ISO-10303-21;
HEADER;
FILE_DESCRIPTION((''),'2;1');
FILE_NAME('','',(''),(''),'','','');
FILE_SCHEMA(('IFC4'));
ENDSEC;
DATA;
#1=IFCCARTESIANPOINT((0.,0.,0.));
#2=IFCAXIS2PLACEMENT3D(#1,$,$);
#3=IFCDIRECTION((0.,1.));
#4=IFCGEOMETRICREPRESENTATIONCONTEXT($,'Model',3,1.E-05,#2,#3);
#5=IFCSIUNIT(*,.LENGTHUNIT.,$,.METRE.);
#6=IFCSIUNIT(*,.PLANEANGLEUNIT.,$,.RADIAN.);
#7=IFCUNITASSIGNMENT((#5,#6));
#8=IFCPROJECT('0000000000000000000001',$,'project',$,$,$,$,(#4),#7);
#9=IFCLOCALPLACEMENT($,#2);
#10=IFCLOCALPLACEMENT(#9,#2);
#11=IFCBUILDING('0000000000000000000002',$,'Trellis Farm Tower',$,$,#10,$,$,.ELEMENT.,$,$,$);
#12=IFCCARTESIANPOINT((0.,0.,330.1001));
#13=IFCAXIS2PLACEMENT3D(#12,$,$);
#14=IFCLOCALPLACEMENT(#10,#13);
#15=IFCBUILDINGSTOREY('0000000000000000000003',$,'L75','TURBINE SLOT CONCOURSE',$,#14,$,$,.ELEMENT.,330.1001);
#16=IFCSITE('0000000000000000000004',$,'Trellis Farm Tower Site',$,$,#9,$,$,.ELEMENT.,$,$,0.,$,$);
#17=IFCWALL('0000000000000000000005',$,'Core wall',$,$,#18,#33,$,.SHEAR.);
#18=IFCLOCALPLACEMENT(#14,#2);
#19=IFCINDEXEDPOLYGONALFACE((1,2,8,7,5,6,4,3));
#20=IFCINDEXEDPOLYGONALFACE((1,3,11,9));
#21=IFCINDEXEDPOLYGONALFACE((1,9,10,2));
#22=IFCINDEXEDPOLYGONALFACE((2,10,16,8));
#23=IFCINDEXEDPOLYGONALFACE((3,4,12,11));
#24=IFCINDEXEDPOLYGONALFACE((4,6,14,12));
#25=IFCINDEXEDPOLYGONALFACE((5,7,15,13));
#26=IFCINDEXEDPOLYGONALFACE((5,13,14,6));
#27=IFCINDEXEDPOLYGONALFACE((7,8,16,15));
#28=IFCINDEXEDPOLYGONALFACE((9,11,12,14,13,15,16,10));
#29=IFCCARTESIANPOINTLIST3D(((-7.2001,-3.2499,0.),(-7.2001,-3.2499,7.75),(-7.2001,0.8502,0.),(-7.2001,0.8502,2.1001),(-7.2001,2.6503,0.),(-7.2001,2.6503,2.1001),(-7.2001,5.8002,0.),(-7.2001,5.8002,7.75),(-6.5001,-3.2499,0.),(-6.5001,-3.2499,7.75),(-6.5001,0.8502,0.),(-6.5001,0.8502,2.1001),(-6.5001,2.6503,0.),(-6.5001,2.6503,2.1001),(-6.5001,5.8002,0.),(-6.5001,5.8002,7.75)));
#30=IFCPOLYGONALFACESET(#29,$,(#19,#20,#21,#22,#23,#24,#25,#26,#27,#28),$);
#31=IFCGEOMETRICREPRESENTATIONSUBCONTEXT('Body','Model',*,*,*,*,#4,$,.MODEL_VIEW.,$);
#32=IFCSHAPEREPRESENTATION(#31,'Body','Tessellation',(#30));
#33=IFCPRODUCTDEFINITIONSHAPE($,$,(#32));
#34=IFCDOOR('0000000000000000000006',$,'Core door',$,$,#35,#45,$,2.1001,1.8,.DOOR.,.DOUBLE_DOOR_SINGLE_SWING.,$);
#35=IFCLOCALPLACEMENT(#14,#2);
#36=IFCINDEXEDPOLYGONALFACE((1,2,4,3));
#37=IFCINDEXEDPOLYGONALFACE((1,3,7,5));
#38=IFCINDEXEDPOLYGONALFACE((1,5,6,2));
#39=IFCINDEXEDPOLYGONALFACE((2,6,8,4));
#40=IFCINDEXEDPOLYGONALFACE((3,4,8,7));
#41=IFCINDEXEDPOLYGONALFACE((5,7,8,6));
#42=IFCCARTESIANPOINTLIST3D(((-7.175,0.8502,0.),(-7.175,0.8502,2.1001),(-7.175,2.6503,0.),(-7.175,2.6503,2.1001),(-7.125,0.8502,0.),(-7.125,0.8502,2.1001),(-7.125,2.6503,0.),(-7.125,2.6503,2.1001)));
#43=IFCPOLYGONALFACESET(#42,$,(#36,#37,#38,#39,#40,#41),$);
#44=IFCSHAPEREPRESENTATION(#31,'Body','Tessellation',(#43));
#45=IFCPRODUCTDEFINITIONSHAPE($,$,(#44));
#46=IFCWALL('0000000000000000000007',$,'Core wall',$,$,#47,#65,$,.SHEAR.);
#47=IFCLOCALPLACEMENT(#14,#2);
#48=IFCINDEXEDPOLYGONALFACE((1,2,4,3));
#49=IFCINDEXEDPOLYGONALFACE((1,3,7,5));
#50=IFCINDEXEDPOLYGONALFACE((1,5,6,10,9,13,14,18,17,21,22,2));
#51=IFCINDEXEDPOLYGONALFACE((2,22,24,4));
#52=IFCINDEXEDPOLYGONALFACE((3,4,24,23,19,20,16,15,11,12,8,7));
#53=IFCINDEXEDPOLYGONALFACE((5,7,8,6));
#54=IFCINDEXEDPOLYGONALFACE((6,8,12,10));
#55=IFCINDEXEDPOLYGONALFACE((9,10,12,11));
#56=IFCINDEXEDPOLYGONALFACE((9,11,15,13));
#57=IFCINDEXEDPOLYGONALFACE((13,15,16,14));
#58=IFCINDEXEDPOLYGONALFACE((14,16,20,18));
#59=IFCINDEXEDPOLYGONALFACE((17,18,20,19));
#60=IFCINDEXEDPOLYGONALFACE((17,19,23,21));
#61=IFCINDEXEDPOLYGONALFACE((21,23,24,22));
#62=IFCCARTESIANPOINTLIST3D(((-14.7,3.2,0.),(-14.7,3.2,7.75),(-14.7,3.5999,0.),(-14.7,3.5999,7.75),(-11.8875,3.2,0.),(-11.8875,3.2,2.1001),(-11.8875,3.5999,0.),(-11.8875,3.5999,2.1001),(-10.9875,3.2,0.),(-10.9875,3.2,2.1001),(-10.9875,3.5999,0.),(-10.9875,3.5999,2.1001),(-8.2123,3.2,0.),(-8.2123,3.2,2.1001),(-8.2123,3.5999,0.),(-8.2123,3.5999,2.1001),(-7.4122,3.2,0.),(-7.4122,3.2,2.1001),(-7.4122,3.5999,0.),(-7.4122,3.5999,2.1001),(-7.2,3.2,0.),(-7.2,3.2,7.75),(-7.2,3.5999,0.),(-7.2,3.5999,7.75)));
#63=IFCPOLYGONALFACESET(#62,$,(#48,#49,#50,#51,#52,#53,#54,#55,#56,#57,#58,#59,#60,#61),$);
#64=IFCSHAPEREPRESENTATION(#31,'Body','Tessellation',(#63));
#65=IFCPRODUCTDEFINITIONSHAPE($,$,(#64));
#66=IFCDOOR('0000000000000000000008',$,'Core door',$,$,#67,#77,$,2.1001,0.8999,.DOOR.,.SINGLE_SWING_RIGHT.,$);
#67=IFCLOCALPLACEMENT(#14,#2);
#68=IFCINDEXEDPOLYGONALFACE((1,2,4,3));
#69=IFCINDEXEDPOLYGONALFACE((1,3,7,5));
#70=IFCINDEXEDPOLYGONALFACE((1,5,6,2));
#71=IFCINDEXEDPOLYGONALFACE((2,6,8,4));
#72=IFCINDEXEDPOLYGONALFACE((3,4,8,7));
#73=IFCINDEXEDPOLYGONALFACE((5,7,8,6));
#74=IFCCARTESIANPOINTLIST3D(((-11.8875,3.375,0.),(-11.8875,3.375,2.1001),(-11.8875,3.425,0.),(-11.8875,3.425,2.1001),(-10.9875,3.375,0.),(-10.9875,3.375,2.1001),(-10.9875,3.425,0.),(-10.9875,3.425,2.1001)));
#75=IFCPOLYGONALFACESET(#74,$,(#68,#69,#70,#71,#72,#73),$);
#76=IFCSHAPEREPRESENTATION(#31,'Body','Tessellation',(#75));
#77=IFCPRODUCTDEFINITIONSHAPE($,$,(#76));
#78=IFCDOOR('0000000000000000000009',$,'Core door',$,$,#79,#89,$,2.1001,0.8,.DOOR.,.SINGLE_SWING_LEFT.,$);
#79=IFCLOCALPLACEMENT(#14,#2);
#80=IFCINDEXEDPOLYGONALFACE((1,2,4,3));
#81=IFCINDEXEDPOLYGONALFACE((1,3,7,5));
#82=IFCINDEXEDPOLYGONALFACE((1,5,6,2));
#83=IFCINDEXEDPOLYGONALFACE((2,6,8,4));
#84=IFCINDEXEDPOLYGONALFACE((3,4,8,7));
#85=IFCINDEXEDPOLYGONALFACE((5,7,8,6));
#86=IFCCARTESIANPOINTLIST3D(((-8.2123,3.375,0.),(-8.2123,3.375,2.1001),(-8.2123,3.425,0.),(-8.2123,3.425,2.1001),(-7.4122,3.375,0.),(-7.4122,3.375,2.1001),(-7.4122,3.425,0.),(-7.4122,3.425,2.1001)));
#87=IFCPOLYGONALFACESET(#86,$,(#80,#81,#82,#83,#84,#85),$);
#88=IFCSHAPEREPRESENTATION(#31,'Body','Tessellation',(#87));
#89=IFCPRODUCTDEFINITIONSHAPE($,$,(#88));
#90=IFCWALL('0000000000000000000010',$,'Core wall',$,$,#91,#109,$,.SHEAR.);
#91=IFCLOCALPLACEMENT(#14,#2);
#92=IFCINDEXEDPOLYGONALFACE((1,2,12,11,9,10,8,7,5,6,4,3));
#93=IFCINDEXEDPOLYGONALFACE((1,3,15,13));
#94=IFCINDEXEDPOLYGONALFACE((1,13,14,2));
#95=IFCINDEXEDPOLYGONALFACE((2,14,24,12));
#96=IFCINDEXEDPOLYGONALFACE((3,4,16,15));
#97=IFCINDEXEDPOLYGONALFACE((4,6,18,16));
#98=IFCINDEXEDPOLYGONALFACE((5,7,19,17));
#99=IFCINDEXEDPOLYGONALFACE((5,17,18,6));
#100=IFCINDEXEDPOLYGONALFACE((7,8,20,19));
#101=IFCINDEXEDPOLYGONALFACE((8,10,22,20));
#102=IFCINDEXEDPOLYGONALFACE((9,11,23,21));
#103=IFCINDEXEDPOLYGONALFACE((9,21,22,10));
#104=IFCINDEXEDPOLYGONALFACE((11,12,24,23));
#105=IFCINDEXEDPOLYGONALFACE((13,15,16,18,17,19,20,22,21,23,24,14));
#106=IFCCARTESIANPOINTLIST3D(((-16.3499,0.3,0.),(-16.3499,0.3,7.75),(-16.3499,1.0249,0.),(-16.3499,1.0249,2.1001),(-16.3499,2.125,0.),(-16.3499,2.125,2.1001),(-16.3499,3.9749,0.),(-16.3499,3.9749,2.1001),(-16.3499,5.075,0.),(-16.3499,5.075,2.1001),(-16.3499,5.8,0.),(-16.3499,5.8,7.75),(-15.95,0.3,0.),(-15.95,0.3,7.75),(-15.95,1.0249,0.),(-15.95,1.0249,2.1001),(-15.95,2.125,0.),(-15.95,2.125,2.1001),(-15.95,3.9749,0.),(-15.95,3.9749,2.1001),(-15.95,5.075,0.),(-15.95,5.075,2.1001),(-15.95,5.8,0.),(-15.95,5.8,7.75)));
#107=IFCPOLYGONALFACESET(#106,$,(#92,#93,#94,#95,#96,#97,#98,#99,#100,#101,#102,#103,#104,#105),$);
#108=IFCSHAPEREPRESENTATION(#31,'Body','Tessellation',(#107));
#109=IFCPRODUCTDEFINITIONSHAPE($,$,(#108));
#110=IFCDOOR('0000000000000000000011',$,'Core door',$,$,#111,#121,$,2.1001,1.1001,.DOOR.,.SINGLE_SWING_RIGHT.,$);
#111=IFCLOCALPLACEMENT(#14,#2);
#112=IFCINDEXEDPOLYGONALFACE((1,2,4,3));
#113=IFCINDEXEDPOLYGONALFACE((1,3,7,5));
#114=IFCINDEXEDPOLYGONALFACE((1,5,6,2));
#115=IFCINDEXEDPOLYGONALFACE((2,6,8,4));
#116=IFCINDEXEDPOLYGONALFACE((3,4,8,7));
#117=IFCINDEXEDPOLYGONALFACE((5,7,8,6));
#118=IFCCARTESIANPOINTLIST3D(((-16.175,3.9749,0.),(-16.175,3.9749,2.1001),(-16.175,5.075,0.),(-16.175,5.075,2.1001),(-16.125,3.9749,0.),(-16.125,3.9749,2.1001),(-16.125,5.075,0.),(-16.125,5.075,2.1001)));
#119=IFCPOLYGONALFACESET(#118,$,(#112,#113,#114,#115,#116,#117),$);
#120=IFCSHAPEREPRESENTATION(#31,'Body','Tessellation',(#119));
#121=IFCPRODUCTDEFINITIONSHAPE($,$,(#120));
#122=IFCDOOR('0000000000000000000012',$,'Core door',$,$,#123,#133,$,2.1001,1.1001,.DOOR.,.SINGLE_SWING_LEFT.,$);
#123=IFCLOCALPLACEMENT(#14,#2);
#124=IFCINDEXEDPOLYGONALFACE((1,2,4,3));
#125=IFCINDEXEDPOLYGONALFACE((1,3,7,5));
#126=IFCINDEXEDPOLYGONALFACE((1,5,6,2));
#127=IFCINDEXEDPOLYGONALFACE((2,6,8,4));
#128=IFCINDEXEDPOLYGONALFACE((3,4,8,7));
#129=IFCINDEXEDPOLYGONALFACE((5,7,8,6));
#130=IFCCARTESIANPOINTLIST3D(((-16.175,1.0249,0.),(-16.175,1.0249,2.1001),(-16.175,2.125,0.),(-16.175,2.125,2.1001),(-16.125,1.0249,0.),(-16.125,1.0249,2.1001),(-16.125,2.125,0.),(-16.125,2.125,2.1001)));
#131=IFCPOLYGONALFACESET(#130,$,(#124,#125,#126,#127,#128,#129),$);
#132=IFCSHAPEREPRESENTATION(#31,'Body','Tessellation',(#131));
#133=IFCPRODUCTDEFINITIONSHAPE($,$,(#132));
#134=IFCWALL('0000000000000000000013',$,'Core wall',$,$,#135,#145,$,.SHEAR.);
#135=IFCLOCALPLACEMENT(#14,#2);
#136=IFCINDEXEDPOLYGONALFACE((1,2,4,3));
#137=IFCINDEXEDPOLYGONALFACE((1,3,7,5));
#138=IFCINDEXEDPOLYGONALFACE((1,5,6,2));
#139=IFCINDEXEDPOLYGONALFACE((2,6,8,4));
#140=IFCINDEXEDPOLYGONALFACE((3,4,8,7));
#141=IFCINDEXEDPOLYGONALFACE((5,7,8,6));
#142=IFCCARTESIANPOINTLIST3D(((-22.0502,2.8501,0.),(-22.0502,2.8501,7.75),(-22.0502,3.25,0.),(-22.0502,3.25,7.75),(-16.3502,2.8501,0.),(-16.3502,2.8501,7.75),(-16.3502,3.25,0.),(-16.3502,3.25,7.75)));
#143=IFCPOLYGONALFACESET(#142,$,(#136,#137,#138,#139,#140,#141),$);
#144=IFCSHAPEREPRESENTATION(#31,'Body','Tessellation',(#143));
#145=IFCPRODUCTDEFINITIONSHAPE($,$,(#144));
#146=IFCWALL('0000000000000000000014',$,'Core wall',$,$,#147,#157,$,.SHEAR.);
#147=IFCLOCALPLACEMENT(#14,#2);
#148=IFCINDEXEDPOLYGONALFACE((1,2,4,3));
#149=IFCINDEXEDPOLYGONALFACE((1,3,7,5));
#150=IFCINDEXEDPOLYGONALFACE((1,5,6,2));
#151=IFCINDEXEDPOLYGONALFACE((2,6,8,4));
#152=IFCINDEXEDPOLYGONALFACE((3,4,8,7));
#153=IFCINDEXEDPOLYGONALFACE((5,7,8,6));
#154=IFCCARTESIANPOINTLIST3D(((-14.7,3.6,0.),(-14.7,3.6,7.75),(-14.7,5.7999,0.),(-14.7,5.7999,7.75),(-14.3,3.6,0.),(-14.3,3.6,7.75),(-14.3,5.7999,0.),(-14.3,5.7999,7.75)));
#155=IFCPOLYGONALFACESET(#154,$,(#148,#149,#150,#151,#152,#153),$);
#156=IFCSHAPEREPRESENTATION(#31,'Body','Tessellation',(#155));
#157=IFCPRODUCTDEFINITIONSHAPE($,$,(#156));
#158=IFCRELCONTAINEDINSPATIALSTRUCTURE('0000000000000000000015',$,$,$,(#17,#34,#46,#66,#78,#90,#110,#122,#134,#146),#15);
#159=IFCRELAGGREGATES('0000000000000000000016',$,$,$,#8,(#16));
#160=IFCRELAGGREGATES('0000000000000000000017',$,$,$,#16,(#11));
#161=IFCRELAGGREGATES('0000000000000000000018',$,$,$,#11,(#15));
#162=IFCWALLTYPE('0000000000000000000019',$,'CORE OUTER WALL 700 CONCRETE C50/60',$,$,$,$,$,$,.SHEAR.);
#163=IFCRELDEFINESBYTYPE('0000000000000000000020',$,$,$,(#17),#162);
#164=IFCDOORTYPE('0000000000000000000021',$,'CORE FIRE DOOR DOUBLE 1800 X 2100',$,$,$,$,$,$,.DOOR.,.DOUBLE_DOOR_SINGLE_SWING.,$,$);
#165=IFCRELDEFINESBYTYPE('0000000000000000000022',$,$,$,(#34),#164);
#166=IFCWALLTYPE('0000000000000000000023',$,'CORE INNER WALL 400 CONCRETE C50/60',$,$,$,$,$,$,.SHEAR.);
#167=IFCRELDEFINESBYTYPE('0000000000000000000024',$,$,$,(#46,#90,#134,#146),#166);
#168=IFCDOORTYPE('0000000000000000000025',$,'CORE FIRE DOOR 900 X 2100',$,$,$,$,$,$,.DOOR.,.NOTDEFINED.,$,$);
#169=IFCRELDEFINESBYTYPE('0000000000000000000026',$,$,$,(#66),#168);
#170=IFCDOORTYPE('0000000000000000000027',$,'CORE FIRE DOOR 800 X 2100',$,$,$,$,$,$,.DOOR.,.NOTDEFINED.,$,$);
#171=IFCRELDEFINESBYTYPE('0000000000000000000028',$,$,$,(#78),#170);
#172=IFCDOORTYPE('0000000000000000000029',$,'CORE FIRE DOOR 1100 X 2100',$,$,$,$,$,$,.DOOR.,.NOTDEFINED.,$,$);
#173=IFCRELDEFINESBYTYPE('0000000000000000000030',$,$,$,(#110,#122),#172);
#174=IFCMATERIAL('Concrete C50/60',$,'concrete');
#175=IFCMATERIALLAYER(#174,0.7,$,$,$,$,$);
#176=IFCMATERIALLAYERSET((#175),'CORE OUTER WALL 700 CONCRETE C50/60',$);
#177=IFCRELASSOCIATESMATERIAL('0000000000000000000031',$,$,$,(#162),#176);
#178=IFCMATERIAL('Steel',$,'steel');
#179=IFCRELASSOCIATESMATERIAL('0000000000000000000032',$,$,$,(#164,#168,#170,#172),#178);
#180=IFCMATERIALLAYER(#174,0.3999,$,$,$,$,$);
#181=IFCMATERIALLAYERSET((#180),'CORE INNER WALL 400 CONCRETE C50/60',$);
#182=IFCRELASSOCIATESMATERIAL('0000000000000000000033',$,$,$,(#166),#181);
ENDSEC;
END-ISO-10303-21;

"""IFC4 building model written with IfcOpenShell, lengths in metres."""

from ifc_helpers import new_model, si_unit, direction, frame, frame_2d, origin, place, context, subcontext, project, spatial, rectangle, extrude, source, transform, mapped, material, layer, layer_set, type_object, element, fill, save


model = new_model("IFC4")

# Units and contexts
model_context = context("Model", 3, precision=1e-05, world=origin(), true_north=direction((0.0, 1.0)))
body_context = subcontext(model_context, "Body", "Model", "MODEL_VIEW")
ifc_project = project(units=[si_unit("LENGTHUNIT", "METRE"), si_unit("PLANEANGLEUNIT", "RADIAN")], contexts=[model_context])

# Site, building, storey
site_placement = place(None, origin())
site = spatial("IfcSite", under=ifc_project, at=site_placement, Name="Trellis Farm Tower Site", CompositionType="ELEMENT", RefElevation=0.0)
building_placement = place(site_placement, origin())
building = spatial("IfcBuilding", under=site, at=building_placement, Name="Trellis Farm Tower", CompositionType="ELEMENT")
storey_placement = place(building_placement, frame((0.0, 0.0, 330.1001)))
storey = spatial("IfcBuildingStorey", under=building, at=storey_placement, Name="L75", Description="TURBINE SLOT CONCOURSE", CompositionType="ELEMENT", Elevation=330.1001)

# Wall, opening, door
ifc_material_1 = material(Name="Concrete C50/60", Category="concrete")
ifc_layer_1 = layer(ifc_material_1, 0.7)
ifc_layer_set_1 = layer_set([ifc_layer_1], Name="CORE OUTER WALL 700 CONCRETE C50/60")
wall_type_1 = type_object("IfcWallType", Name="CORE OUTER WALL 700 CONCRETE C50/60", PredefinedType="SHEAR", material=ifc_layer_set_1)
shared_shape_1 = source(origin(), body_context, "Body", "SweptSolid", [
    extrude(rectangle(XDim=9.05, YDim=0.7, at=frame_2d((4.5249, 0.0))), origin(), (0.0, 0.0, 1.0), 7.75),
])
wall_1_placement = place(storey_placement, frame((-6.8501, 5.8, 0.0), z_axis=(0.0, 0.0, 1.0), x_axis=(0.0, -1.0, 0.0)))
wall_1 = element("IfcWall", 1, at=wall_1_placement, inside=storey, type_object=wall_type_1, Name="Core wall", PredefinedType="SHEAR", context=body_context, shape_type="MappedRepresentation", body=[
    mapped(shared_shape_1, transform((0.0, 0.0, 0.0))),
])
shared_shape_2 = source(origin(), body_context, "Body", "SweptSolid", [
    extrude(rectangle(XDim=1.8, YDim=2.1001, at=frame_2d((0.8999, 1.05))), frame((0.0, 0.3601, 0.0), z_axis=(0.0, -1.0, 0.0), x_axis=(1.0, 0.0, 0.0)), (0.0, 0.0, 1.0), 0.7202),
])
opening_1_placement = place(wall_1_placement, frame((3.1499, 0.0, 0.0)))
opening_1 = element("IfcOpeningElement", 2, at=opening_1_placement, cuts=wall_1, PredefinedType="OPENING", context=body_context, shape_type="MappedRepresentation", body=[
    mapped(shared_shape_2, transform((0.0, 0.0, 0.0))),
])
ifc_material_2 = material(Name="Steel", Category="steel")
door_type_1 = type_object("IfcDoorType", Name="CORE FIRE DOOR DOUBLE 1800 X 2100", OperationType="DOUBLE_DOOR_SINGLE_SWING", PredefinedType="DOOR", material=ifc_material_2)
shared_shape_3 = source(origin(), body_context, "Body", "SweptSolid", [
    extrude(rectangle(XDim=1.8, YDim=2.1001, at=frame_2d((0.8999, 1.05))), frame((0.0, -0.2749, 0.0), z_axis=(0.0, -1.0, 0.0), x_axis=(1.0, 0.0, 0.0)), (0.0, 0.0, 1.0), 0.05),
])
door_1_placement = place(opening_1_placement, origin())
door_1 = element("IfcDoor", 3, at=door_1_placement, inside=storey, type_object=door_type_1, Name="Core door", OperationType="DOUBLE_DOOR_SINGLE_SWING", OverallHeight=2.1001, OverallWidth=1.8, PredefinedType="DOOR", context=body_context, shape_type="MappedRepresentation", body=[
    mapped(shared_shape_3, transform((0.0, 0.0, 0.0))),
])
fill(opening_1, door_1)

# Walls, openings, doors
ifc_layer_2 = layer(ifc_material_1, 0.3999)
ifc_layer_set_2 = layer_set([ifc_layer_2], Name="CORE INNER WALL 400 CONCRETE C50/60")
wall_type_2 = type_object("IfcWallType", Name="CORE INNER WALL 400 CONCRETE C50/60", PredefinedType="SHEAR", material=ifc_layer_set_2)
shared_shape_4 = source(origin(), body_context, "Body", "SweptSolid", [
    extrude(rectangle(XDim=7.5, YDim=0.3999, at=frame_2d((3.75, 0.0))), origin(), (0.0, 0.0, 1.0), 7.75),
])
wall_2_placement = place(storey_placement, frame((-7.2, 3.3999, 0.0), z_axis=(0.0, 0.0, 1.0), x_axis=(-1.0, 0.0, 0.0)))
wall_2 = element("IfcWall", 4, at=wall_2_placement, inside=storey, type_object=wall_type_2, Name="Core wall", PredefinedType="SHEAR", context=body_context, shape_type="MappedRepresentation", body=[
    mapped(shared_shape_4, transform((0.0, 0.0, 0.0))),
])
shared_shape_5 = source(origin(), body_context, "Body", "SweptSolid", [
    extrude(rectangle(XDim=0.8, YDim=2.1001, at=frame_2d((0.3999, 1.05))), frame((0.0, 0.21, 0.0), z_axis=(0.0, -1.0, 0.0), x_axis=(1.0, 0.0, 0.0)), (0.0, 0.0, 1.0), 0.4199),
])
opening_2_placement = place(wall_2_placement, frame((0.2124, 0.0, 0.0)))
opening_2 = element("IfcOpeningElement", 5, at=opening_2_placement, cuts=wall_2, PredefinedType="OPENING", context=body_context, shape_type="MappedRepresentation", body=[
    mapped(shared_shape_5, transform((0.0, 0.0, 0.0))),
])
shared_shape_6 = source(origin(), body_context, "Body", "SweptSolid", [
    extrude(rectangle(XDim=0.8999, YDim=2.1001, at=frame_2d((0.45, 1.05))), frame((0.0, 0.21, 0.0), z_axis=(0.0, -1.0, 0.0), x_axis=(1.0, 0.0, 0.0)), (0.0, 0.0, 1.0), 0.4199),
])
opening_3_placement = place(wall_2_placement, frame((3.7876, 0.0, 0.0)))
opening_3 = element("IfcOpeningElement", 6, at=opening_3_placement, cuts=wall_2, PredefinedType="OPENING", context=body_context, shape_type="MappedRepresentation", body=[
    mapped(shared_shape_6, transform((0.0, 0.0, 0.0))),
])
door_type_2 = type_object("IfcDoorType", Name="CORE FIRE DOOR 900 X 2100", OperationType="NOTDEFINED", PredefinedType="DOOR", material=ifc_material_2)
shared_shape_7 = source(origin(), body_context, "Body", "SweptSolid", [
    extrude(rectangle(XDim=0.8999, YDim=2.1001, at=frame_2d((0.45, 1.05))), frame((0.0, 0.0249, 0.0), z_axis=(0.0, -1.0, 0.0), x_axis=(1.0, 0.0, 0.0)), (0.0, 0.0, 1.0), 0.05),
])
door_2_placement = place(opening_3_placement, origin())
door_2 = element("IfcDoor", 7, at=door_2_placement, inside=storey, type_object=door_type_2, Name="Core door", OperationType="SINGLE_SWING_RIGHT", OverallHeight=2.1001, OverallWidth=0.8999, PredefinedType="DOOR", context=body_context, shape_type="MappedRepresentation", body=[
    mapped(shared_shape_7, transform((0.0, 0.0, 0.0))),
])
fill(opening_3, door_2)
door_type_3 = type_object("IfcDoorType", Name="CORE FIRE DOOR 800 X 2100", OperationType="NOTDEFINED", PredefinedType="DOOR", material=ifc_material_2)
shared_shape_8 = source(origin(), body_context, "Body", "SweptSolid", [
    extrude(rectangle(XDim=0.8, YDim=2.1001, at=frame_2d((0.3999, 1.05))), frame((0.0, 0.0249, 0.0), z_axis=(0.0, -1.0, 0.0), x_axis=(1.0, 0.0, 0.0)), (0.0, 0.0, 1.0), 0.05),
])
door_3_placement = place(opening_2_placement, origin())
door_3 = element("IfcDoor", 8, at=door_3_placement, inside=storey, type_object=door_type_3, Name="Core door", OperationType="SINGLE_SWING_LEFT", OverallHeight=2.1001, OverallWidth=0.8, PredefinedType="DOOR", context=body_context, shape_type="MappedRepresentation", body=[
    mapped(shared_shape_8, transform((0.0, 0.0, 0.0))),
])
fill(opening_2, door_3)
shared_shape_9 = source(origin(), body_context, "Body", "SweptSolid", [
    extrude(rectangle(XDim=5.5, YDim=0.3999, at=frame_2d((2.75, 0.0))), origin(), (0.0, 0.0, 1.0), 7.75),
])
wall_3_placement = place(storey_placement, frame((-16.1499, 5.8, 0.0), z_axis=(0.0, 0.0, 1.0), x_axis=(0.0, -1.0, 0.0)))
wall_3 = element("IfcWall", 9, at=wall_3_placement, inside=storey, type_object=wall_type_2, Name="Core wall", PredefinedType="SHEAR", context=body_context, shape_type="MappedRepresentation", body=[
    mapped(shared_shape_9, transform((0.0, 0.0, 0.0))),
])
shared_shape_10 = source(origin(), body_context, "Body", "SweptSolid", [
    extrude(rectangle(XDim=1.1001, YDim=2.1001, at=frame_2d((0.55, 1.05))), frame((0.0, 0.21, 0.0), z_axis=(0.0, -1.0, 0.0), x_axis=(1.0, 0.0, 0.0)), (0.0, 0.0, 1.0), 0.4199),
])
opening_4_placement = place(wall_3_placement, frame((0.7251, 0.0, 0.0)))
opening_4 = element("IfcOpeningElement", 10, at=opening_4_placement, cuts=wall_3, PredefinedType="OPENING", context=body_context, shape_type="MappedRepresentation", body=[
    mapped(shared_shape_10, transform((0.0, 0.0, 0.0))),
])
opening_5_placement = place(wall_3_placement, frame((3.675, 0.0, 0.0)))
opening_5 = element("IfcOpeningElement", 11, at=opening_5_placement, cuts=wall_3, PredefinedType="OPENING", context=body_context, shape_type="MappedRepresentation", body=[
    mapped(shared_shape_10, transform((0.0, 0.0, 0.0))),
])
door_type_4 = type_object("IfcDoorType", Name="CORE FIRE DOOR 1100 X 2100", OperationType="NOTDEFINED", PredefinedType="DOOR", material=ifc_material_2)
shared_shape_11 = source(origin(), body_context, "Body", "SweptSolid", [
    extrude(rectangle(XDim=1.1001, YDim=2.1001, at=frame_2d((0.55, 1.05))), frame((0.0, 0.0249, 0.0), z_axis=(0.0, -1.0, 0.0), x_axis=(1.0, 0.0, 0.0)), (0.0, 0.0, 1.0), 0.05),
])
door_4_placement = place(opening_4_placement, origin())
door_4 = element("IfcDoor", 12, at=door_4_placement, inside=storey, type_object=door_type_4, Name="Core door", OperationType="SINGLE_SWING_RIGHT", OverallHeight=2.1001, OverallWidth=1.1001, PredefinedType="DOOR", context=body_context, shape_type="MappedRepresentation", body=[
    mapped(shared_shape_11, transform((0.0, 0.0, 0.0))),
])
fill(opening_4, door_4)
door_5_placement = place(opening_5_placement, origin())
door_5 = element("IfcDoor", 13, at=door_5_placement, inside=storey, type_object=door_type_4, Name="Core door", OperationType="SINGLE_SWING_LEFT", OverallHeight=2.1001, OverallWidth=1.1001, PredefinedType="DOOR", context=body_context, shape_type="MappedRepresentation", body=[
    mapped(shared_shape_11, transform((0.0, 0.0, 0.0))),
])
fill(opening_5, door_5)

# Walls
shared_shape_12 = source(origin(), body_context, "Body", "SweptSolid", [
    extrude(rectangle(XDim=5.7, YDim=0.3999, at=frame_2d((2.8501, 0.0))), origin(), (0.0, 0.0, 1.0), 7.75),
])
wall_4_placement = place(storey_placement, frame((-16.3501, 3.05, 0.0), z_axis=(0.0, 0.0, 1.0), x_axis=(-1.0, 0.0, 0.0)))
element("IfcWall", 14, at=wall_4_placement, inside=storey, type_object=wall_type_2, Name="Core wall", PredefinedType="SHEAR", context=body_context, shape_type="MappedRepresentation", body=[
    mapped(shared_shape_12, transform((0.0, 0.0, 0.0))),
])
shared_shape_13 = source(origin(), body_context, "Body", "SweptSolid", [
    extrude(rectangle(XDim=2.2, YDim=0.3999, at=frame_2d((1.1001, 0.0))), origin(), (0.0, 0.0, 1.0), 7.75),
])
wall_5_placement = place(storey_placement, frame((-14.5, 5.8, 0.0), z_axis=(0.0, 0.0, 1.0), x_axis=(0.0, -1.0, 0.0)))
element("IfcWall", 15, at=wall_5_placement, inside=storey, type_object=wall_type_2, Name="Core wall", PredefinedType="SHEAR", context=body_context, shape_type="MappedRepresentation", body=[
    mapped(shared_shape_13, transform((0.0, 0.0, 0.0))),
])

save(model, "model.ifc")
